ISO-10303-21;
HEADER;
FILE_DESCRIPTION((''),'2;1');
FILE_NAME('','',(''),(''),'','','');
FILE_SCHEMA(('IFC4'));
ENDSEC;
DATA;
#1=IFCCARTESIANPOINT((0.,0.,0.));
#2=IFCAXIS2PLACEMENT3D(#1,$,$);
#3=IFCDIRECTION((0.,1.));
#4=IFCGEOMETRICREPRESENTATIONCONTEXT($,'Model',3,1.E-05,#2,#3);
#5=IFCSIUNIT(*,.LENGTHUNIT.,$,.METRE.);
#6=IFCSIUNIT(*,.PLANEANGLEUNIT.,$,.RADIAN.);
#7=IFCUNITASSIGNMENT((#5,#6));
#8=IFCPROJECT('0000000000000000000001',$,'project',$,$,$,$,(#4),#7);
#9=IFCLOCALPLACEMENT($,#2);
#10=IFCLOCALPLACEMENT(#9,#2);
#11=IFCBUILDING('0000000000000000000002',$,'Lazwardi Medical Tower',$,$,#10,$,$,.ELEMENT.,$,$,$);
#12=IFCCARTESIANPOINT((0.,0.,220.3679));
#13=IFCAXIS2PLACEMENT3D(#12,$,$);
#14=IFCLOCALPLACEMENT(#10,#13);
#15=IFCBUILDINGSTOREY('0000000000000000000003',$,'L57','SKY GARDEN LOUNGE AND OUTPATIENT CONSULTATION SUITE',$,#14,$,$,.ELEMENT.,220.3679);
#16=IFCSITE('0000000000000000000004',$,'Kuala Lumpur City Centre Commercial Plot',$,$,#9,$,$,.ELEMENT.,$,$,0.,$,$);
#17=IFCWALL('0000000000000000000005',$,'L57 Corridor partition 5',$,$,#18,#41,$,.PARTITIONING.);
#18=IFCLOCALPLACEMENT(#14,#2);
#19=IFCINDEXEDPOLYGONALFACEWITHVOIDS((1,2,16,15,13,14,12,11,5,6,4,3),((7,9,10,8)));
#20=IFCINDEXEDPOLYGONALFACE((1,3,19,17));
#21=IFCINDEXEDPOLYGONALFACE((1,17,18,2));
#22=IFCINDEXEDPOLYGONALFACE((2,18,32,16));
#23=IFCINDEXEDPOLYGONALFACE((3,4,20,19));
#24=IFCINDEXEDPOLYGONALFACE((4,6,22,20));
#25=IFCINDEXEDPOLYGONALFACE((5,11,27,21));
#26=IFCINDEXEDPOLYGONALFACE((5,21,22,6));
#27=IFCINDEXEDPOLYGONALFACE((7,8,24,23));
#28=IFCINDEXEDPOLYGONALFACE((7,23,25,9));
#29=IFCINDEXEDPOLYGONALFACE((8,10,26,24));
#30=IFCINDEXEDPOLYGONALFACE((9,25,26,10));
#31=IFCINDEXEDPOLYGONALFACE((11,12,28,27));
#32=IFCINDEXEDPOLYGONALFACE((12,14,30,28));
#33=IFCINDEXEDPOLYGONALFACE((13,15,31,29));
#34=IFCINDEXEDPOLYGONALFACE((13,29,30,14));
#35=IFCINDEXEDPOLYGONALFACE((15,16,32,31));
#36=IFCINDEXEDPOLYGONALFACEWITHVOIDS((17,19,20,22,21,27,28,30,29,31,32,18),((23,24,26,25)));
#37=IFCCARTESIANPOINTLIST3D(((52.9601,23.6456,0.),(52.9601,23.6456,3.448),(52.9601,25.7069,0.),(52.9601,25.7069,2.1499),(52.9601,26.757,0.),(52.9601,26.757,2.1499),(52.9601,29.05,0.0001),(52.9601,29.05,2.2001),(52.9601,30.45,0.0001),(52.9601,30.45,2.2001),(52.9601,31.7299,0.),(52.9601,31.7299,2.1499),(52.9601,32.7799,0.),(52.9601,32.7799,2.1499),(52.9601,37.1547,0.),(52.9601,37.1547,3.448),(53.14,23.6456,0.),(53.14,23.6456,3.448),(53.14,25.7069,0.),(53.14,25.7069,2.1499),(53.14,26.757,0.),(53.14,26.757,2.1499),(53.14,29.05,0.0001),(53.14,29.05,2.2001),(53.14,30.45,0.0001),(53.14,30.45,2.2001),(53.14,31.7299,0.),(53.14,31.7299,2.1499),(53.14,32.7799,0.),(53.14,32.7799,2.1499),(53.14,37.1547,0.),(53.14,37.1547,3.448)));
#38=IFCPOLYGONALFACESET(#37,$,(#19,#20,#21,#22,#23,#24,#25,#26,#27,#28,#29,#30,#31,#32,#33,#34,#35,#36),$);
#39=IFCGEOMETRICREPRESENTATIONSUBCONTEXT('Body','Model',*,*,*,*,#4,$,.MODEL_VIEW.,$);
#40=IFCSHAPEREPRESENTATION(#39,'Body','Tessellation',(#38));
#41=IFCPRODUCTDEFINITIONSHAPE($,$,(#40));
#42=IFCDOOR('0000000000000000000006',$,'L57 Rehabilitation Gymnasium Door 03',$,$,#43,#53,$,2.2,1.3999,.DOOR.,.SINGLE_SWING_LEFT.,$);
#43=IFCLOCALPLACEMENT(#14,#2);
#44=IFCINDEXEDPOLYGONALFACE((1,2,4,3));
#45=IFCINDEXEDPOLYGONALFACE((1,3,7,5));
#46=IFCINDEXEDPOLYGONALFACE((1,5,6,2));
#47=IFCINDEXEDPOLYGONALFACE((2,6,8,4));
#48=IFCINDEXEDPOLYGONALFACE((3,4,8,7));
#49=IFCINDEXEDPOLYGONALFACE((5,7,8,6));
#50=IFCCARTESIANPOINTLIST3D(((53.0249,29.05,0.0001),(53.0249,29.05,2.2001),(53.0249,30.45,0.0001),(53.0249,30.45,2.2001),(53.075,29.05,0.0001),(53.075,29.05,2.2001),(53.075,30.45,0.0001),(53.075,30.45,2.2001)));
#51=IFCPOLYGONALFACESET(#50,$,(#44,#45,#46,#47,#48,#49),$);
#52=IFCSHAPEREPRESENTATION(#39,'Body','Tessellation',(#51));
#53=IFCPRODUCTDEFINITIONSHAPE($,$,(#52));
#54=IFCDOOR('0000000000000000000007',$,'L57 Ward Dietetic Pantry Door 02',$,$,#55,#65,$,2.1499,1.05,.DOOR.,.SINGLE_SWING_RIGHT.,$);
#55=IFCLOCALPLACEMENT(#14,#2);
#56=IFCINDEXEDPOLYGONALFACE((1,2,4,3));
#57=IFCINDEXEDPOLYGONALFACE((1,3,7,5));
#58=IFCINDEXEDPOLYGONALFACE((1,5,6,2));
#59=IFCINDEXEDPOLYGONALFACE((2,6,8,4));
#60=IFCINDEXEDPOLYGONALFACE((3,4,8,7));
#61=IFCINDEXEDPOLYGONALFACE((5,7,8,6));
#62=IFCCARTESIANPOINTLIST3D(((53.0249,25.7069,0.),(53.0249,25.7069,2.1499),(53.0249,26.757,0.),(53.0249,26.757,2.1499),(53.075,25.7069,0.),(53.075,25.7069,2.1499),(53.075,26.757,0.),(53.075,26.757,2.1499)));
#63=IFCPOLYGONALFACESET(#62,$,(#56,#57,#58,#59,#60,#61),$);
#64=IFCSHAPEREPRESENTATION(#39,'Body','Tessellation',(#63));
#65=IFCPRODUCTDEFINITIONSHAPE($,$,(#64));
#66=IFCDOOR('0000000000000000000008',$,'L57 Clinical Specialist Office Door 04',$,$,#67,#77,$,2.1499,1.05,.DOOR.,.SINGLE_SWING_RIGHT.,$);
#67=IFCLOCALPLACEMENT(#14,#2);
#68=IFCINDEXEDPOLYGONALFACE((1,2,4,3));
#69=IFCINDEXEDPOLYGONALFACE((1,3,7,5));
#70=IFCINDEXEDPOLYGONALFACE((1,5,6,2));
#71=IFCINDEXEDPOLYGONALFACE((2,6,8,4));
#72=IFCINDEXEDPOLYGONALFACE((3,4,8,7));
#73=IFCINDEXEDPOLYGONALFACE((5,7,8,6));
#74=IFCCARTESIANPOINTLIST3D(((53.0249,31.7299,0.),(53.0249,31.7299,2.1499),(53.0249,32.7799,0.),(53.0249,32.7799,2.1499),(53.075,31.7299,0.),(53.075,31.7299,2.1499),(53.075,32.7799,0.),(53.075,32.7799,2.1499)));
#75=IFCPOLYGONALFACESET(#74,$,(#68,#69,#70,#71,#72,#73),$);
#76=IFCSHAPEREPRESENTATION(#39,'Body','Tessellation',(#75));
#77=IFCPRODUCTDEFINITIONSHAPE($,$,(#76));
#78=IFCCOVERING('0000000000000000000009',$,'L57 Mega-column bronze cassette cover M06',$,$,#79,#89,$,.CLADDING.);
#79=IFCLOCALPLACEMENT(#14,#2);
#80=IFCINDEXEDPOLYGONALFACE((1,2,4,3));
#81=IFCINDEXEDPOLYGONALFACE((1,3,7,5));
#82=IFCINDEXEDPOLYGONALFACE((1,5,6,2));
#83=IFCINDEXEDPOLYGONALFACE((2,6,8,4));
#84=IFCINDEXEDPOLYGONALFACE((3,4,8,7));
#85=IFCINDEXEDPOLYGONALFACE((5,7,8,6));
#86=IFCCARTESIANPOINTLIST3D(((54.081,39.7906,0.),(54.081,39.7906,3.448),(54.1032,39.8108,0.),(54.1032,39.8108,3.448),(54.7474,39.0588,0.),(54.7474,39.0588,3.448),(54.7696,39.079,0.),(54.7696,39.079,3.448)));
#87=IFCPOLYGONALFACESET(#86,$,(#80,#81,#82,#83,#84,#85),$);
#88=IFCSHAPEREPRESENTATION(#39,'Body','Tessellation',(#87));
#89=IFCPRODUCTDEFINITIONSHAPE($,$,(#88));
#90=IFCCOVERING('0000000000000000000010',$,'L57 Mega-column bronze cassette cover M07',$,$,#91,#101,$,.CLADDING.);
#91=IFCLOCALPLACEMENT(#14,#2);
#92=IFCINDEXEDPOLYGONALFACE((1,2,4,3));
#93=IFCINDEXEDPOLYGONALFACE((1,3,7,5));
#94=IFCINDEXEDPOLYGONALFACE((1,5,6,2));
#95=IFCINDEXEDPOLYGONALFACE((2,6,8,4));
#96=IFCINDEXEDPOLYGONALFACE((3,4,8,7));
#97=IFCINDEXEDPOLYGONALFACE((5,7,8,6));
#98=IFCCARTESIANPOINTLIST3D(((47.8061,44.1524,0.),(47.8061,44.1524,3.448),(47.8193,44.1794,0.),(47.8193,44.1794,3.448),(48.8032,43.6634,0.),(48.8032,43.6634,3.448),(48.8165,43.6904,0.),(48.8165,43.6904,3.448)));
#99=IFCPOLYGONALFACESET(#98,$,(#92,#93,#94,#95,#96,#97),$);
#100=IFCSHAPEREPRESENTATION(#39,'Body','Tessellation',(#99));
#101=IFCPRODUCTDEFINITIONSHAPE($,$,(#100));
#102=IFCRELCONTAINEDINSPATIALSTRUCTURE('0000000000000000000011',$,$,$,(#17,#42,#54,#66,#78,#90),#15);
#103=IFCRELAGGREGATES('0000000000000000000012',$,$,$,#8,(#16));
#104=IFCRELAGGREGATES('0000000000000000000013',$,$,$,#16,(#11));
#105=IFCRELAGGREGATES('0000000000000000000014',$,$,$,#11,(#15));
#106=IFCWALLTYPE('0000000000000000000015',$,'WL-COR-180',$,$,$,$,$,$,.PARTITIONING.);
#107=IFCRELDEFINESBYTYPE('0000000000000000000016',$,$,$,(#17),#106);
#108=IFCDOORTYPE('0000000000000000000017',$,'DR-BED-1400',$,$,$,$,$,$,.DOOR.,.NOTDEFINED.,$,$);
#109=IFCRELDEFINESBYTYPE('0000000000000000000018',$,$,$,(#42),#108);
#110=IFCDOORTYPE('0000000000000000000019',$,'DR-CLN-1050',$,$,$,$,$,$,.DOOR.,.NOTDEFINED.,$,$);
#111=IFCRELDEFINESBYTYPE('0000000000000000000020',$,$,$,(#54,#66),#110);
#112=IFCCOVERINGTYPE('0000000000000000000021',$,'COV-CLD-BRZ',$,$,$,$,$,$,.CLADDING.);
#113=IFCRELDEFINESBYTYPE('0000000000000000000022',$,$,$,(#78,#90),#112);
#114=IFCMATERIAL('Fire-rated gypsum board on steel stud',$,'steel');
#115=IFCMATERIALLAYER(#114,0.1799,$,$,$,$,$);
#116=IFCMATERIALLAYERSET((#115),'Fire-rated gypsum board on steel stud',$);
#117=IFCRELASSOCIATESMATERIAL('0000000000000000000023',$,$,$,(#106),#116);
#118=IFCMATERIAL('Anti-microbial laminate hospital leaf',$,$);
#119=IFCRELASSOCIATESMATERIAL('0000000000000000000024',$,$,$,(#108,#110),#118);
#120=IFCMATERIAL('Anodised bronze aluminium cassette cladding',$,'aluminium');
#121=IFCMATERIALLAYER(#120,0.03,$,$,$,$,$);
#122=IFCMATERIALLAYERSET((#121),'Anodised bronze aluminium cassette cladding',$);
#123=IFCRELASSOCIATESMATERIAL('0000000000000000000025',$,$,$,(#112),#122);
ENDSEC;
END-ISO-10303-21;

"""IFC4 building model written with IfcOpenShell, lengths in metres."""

from ifc_helpers import new_model, si_unit, direction, frame, frame_2d, origin, origin_2d, place, context, subcontext, project, spatial, rectangle, extrude, material, layer, layer_set, type_object, element, fill, save


model = new_model("IFC4")

# Units and contexts
model_context = context("Model", 3, precision=1e-05, world=origin(), true_north=direction((0.0, 1.0)))
body_context = subcontext(model_context, "Body", "Model", "MODEL_VIEW")
ifc_project = project(units=[si_unit("LENGTHUNIT", "METRE"), si_unit("PLANEANGLEUNIT", "RADIAN")], contexts=[model_context])

# Site, building, storey
site_placement = place(None, origin())
site = spatial("IfcSite", under=ifc_project, at=site_placement, Name="Kuala Lumpur City Centre Commercial Plot", CompositionType="ELEMENT", RefElevation=0.0)
building_placement = place(site_placement, origin())
building = spatial("IfcBuilding", under=site, at=building_placement, Name="Lazwardi Medical Tower", CompositionType="ELEMENT")
storey_placement = place(building_placement, frame((0.0, 0.0, 220.3679)))
storey = spatial("IfcBuildingStorey", under=building, at=storey_placement, Name="L57", Description="SKY GARDEN LOUNGE AND OUTPATIENT CONSULTATION SUITE", CompositionType="ELEMENT", Elevation=220.3679)

# Shared definitions
ifc_material_1 = material(Name="Fire-rated gypsum board on steel stud", Category="steel")
ifc_layer_1 = layer(ifc_material_1, 0.1799)
ifc_layer_set_1 = layer_set([ifc_layer_1], Name="Fire-rated gypsum board on steel stud")
wall_type = type_object("IfcWallType", Name="WL-COR-180", PredefinedType="PARTITIONING", material=ifc_layer_set_1)

# Wall, openings, doors
wall_1_placement = place(storey_placement, frame((53.05, 37.1545, 0.0), z_axis=(0.0, 0.0, 1.0), x_axis=(0.0, -1.0, 0.0)))
wall_1 = element("IfcWall", 1, at=wall_1_placement, inside=storey, type_object=wall_type, Name="L57 Corridor partition 5", PredefinedType="PARTITIONING", context=body_context, shape_type="SweptSolid", body=[
    extrude(rectangle(XDim=13.509, YDim=0.1799, at=frame_2d((6.7544, 0.0))), origin(), (0.0, 0.0, 1.0), 3.448),
])
opening_1_placement = place(wall_1_placement, frame((10.3977, 0.0, 0.0)))
opening_1 = element("IfcOpeningElement", 2, at=opening_1_placement, cuts=wall_1, PredefinedType="OPENING", context=body_context, shape_type="SweptSolid", body=[
    extrude(rectangle(XDim=1.05, YDim=2.1499, at=frame_2d((0.5249, 1.075))), frame((0.0, 0.0999, 0.0), z_axis=(0.0, -1.0, 0.0), x_axis=(1.0, 0.0, 0.0)), (0.0, 0.0, 1.0), 0.2),
])
opening_2_placement = place(wall_1_placement, frame((6.7046, 0.0, 0.0)))
opening_2 = element("IfcOpeningElement", 3, at=opening_2_placement, cuts=wall_1, PredefinedType="OPENING", context=body_context, shape_type="SweptSolid", body=[
    extrude(rectangle(XDim=1.3999, YDim=2.2, at=frame_2d((0.7, 1.1001))), frame((0.0, 0.0999, 0.0), z_axis=(0.0, -1.0, 0.0), x_axis=(1.0, 0.0, 0.0)), (0.0, 0.0, 1.0), 0.2),
])
opening_3_placement = place(wall_1_placement, frame((4.3748, 0.0, 0.0)))
opening_3 = element("IfcOpeningElement", 4, at=opening_3_placement, cuts=wall_1, PredefinedType="OPENING", context=body_context, shape_type="SweptSolid", body=[
    extrude(rectangle(XDim=1.05, YDim=2.1499, at=frame_2d((0.5249, 1.075))), frame((0.0, 0.0999, 0.0), z_axis=(0.0, -1.0, 0.0), x_axis=(1.0, 0.0, 0.0)), (0.0, 0.0, 1.0), 0.2),
])
ifc_material_2 = material(Name="Anti-microbial laminate hospital leaf")
door_type_1 = type_object("IfcDoorType", Name="DR-BED-1400", OperationType="NOTDEFINED", PredefinedType="DOOR", material=ifc_material_2)
door_1_placement = place(opening_2_placement, origin())
door_1 = element("IfcDoor", 5, at=door_1_placement, inside=storey, type_object=door_type_1, Name="L57 Rehabilitation Gymnasium Door 03", OperationType="SINGLE_SWING_LEFT", OverallHeight=2.2, OverallWidth=1.3999, PredefinedType="DOOR", context=body_context, shape_type="SweptSolid", body=[
    extrude(rectangle(XDim=1.3999, YDim=2.2, at=frame_2d((0.7, 1.1001))), frame((0.0, 0.0249, 0.0), z_axis=(0.0, -1.0, 0.0), x_axis=(1.0, 0.0, 0.0)), (0.0, 0.0, 1.0), 0.05),
])
fill(opening_2, door_1)
door_type_2 = type_object("IfcDoorType", Name="DR-CLN-1050", OperationType="NOTDEFINED", PredefinedType="DOOR", material=ifc_material_2)
door_2_placement = place(opening_1_placement, origin())
door_2 = element("IfcDoor", 6, at=door_2_placement, inside=storey, type_object=door_type_2, Name="L57 Ward Dietetic Pantry Door 02", OperationType="SINGLE_SWING_RIGHT", OverallHeight=2.1499, OverallWidth=1.05, PredefinedType="DOOR", context=body_context, shape_type="SweptSolid", body=[
    extrude(rectangle(XDim=1.05, YDim=2.1499, at=frame_2d((0.5249, 1.075))), frame((0.0, 0.0249, 0.0), z_axis=(0.0, -1.0, 0.0), x_axis=(1.0, 0.0, 0.0)), (0.0, 0.0, 1.0), 0.05),
])
fill(opening_1, door_2)
door_3_placement = place(opening_3_placement, origin())
door_3 = element("IfcDoor", 7, at=door_3_placement, inside=storey, type_object=door_type_2, Name="L57 Clinical Specialist Office Door 04", OperationType="SINGLE_SWING_RIGHT", OverallHeight=2.1499, OverallWidth=1.05, PredefinedType="DOOR", context=body_context, shape_type="SweptSolid", body=[
    extrude(rectangle(XDim=1.05, YDim=2.1499, at=frame_2d((0.5249, 1.075))), frame((0.0, 0.0249, 0.0), z_axis=(0.0, -1.0, 0.0), x_axis=(1.0, 0.0, 0.0)), (0.0, 0.0, 1.0), 0.05),
])
fill(opening_3, door_3)

# Coverings
ifc_material_3 = material(Name="Anodised bronze aluminium cassette cladding", Category="aluminium")
ifc_layer_2 = layer(ifc_material_3, 0.03)
ifc_layer_set_2 = layer_set([ifc_layer_2], Name="Anodised bronze aluminium cassette cladding")
covering_type = type_object("IfcCoveringType", Name="COV-CLD-BRZ", PredefinedType="CLADDING", material=ifc_layer_set_2)
covering_1_placement = place(storey_placement, frame((54.4253, 39.4348, 0.0), z_axis=(0.0, 0.0, 1.0), x_axis=(-0.673241, 0.739423, 0.0)))
element("IfcCovering", 8, at=covering_1_placement, inside=storey, type_object=covering_type, Name="L57 Mega-column bronze cassette cover M06", PredefinedType="CLADDING", context=body_context, shape_type="SweptSolid", body=[
    extrude(rectangle(XDim=0.9897, YDim=0.03, at=origin_2d()), origin(), (0.0, 0.0, 1.0), 3.448),
])
covering_2_placement = place(storey_placement, frame((48.3113, 43.9214, 0.0), z_axis=(0.0, 0.0, 1.0), x_axis=(-0.89784, 0.440322, 0.0)))
element("IfcCovering", 9, at=covering_2_placement, inside=storey, type_object=covering_type, Name="L57 Mega-column bronze cassette cover M07", PredefinedType="CLADDING", context=body_context, shape_type="SweptSolid", body=[
    extrude(rectangle(XDim=1.1106, YDim=0.03, at=origin_2d()), origin(), (0.0, 0.0, 1.0), 3.448),
])

save(model, "model.ifc")
